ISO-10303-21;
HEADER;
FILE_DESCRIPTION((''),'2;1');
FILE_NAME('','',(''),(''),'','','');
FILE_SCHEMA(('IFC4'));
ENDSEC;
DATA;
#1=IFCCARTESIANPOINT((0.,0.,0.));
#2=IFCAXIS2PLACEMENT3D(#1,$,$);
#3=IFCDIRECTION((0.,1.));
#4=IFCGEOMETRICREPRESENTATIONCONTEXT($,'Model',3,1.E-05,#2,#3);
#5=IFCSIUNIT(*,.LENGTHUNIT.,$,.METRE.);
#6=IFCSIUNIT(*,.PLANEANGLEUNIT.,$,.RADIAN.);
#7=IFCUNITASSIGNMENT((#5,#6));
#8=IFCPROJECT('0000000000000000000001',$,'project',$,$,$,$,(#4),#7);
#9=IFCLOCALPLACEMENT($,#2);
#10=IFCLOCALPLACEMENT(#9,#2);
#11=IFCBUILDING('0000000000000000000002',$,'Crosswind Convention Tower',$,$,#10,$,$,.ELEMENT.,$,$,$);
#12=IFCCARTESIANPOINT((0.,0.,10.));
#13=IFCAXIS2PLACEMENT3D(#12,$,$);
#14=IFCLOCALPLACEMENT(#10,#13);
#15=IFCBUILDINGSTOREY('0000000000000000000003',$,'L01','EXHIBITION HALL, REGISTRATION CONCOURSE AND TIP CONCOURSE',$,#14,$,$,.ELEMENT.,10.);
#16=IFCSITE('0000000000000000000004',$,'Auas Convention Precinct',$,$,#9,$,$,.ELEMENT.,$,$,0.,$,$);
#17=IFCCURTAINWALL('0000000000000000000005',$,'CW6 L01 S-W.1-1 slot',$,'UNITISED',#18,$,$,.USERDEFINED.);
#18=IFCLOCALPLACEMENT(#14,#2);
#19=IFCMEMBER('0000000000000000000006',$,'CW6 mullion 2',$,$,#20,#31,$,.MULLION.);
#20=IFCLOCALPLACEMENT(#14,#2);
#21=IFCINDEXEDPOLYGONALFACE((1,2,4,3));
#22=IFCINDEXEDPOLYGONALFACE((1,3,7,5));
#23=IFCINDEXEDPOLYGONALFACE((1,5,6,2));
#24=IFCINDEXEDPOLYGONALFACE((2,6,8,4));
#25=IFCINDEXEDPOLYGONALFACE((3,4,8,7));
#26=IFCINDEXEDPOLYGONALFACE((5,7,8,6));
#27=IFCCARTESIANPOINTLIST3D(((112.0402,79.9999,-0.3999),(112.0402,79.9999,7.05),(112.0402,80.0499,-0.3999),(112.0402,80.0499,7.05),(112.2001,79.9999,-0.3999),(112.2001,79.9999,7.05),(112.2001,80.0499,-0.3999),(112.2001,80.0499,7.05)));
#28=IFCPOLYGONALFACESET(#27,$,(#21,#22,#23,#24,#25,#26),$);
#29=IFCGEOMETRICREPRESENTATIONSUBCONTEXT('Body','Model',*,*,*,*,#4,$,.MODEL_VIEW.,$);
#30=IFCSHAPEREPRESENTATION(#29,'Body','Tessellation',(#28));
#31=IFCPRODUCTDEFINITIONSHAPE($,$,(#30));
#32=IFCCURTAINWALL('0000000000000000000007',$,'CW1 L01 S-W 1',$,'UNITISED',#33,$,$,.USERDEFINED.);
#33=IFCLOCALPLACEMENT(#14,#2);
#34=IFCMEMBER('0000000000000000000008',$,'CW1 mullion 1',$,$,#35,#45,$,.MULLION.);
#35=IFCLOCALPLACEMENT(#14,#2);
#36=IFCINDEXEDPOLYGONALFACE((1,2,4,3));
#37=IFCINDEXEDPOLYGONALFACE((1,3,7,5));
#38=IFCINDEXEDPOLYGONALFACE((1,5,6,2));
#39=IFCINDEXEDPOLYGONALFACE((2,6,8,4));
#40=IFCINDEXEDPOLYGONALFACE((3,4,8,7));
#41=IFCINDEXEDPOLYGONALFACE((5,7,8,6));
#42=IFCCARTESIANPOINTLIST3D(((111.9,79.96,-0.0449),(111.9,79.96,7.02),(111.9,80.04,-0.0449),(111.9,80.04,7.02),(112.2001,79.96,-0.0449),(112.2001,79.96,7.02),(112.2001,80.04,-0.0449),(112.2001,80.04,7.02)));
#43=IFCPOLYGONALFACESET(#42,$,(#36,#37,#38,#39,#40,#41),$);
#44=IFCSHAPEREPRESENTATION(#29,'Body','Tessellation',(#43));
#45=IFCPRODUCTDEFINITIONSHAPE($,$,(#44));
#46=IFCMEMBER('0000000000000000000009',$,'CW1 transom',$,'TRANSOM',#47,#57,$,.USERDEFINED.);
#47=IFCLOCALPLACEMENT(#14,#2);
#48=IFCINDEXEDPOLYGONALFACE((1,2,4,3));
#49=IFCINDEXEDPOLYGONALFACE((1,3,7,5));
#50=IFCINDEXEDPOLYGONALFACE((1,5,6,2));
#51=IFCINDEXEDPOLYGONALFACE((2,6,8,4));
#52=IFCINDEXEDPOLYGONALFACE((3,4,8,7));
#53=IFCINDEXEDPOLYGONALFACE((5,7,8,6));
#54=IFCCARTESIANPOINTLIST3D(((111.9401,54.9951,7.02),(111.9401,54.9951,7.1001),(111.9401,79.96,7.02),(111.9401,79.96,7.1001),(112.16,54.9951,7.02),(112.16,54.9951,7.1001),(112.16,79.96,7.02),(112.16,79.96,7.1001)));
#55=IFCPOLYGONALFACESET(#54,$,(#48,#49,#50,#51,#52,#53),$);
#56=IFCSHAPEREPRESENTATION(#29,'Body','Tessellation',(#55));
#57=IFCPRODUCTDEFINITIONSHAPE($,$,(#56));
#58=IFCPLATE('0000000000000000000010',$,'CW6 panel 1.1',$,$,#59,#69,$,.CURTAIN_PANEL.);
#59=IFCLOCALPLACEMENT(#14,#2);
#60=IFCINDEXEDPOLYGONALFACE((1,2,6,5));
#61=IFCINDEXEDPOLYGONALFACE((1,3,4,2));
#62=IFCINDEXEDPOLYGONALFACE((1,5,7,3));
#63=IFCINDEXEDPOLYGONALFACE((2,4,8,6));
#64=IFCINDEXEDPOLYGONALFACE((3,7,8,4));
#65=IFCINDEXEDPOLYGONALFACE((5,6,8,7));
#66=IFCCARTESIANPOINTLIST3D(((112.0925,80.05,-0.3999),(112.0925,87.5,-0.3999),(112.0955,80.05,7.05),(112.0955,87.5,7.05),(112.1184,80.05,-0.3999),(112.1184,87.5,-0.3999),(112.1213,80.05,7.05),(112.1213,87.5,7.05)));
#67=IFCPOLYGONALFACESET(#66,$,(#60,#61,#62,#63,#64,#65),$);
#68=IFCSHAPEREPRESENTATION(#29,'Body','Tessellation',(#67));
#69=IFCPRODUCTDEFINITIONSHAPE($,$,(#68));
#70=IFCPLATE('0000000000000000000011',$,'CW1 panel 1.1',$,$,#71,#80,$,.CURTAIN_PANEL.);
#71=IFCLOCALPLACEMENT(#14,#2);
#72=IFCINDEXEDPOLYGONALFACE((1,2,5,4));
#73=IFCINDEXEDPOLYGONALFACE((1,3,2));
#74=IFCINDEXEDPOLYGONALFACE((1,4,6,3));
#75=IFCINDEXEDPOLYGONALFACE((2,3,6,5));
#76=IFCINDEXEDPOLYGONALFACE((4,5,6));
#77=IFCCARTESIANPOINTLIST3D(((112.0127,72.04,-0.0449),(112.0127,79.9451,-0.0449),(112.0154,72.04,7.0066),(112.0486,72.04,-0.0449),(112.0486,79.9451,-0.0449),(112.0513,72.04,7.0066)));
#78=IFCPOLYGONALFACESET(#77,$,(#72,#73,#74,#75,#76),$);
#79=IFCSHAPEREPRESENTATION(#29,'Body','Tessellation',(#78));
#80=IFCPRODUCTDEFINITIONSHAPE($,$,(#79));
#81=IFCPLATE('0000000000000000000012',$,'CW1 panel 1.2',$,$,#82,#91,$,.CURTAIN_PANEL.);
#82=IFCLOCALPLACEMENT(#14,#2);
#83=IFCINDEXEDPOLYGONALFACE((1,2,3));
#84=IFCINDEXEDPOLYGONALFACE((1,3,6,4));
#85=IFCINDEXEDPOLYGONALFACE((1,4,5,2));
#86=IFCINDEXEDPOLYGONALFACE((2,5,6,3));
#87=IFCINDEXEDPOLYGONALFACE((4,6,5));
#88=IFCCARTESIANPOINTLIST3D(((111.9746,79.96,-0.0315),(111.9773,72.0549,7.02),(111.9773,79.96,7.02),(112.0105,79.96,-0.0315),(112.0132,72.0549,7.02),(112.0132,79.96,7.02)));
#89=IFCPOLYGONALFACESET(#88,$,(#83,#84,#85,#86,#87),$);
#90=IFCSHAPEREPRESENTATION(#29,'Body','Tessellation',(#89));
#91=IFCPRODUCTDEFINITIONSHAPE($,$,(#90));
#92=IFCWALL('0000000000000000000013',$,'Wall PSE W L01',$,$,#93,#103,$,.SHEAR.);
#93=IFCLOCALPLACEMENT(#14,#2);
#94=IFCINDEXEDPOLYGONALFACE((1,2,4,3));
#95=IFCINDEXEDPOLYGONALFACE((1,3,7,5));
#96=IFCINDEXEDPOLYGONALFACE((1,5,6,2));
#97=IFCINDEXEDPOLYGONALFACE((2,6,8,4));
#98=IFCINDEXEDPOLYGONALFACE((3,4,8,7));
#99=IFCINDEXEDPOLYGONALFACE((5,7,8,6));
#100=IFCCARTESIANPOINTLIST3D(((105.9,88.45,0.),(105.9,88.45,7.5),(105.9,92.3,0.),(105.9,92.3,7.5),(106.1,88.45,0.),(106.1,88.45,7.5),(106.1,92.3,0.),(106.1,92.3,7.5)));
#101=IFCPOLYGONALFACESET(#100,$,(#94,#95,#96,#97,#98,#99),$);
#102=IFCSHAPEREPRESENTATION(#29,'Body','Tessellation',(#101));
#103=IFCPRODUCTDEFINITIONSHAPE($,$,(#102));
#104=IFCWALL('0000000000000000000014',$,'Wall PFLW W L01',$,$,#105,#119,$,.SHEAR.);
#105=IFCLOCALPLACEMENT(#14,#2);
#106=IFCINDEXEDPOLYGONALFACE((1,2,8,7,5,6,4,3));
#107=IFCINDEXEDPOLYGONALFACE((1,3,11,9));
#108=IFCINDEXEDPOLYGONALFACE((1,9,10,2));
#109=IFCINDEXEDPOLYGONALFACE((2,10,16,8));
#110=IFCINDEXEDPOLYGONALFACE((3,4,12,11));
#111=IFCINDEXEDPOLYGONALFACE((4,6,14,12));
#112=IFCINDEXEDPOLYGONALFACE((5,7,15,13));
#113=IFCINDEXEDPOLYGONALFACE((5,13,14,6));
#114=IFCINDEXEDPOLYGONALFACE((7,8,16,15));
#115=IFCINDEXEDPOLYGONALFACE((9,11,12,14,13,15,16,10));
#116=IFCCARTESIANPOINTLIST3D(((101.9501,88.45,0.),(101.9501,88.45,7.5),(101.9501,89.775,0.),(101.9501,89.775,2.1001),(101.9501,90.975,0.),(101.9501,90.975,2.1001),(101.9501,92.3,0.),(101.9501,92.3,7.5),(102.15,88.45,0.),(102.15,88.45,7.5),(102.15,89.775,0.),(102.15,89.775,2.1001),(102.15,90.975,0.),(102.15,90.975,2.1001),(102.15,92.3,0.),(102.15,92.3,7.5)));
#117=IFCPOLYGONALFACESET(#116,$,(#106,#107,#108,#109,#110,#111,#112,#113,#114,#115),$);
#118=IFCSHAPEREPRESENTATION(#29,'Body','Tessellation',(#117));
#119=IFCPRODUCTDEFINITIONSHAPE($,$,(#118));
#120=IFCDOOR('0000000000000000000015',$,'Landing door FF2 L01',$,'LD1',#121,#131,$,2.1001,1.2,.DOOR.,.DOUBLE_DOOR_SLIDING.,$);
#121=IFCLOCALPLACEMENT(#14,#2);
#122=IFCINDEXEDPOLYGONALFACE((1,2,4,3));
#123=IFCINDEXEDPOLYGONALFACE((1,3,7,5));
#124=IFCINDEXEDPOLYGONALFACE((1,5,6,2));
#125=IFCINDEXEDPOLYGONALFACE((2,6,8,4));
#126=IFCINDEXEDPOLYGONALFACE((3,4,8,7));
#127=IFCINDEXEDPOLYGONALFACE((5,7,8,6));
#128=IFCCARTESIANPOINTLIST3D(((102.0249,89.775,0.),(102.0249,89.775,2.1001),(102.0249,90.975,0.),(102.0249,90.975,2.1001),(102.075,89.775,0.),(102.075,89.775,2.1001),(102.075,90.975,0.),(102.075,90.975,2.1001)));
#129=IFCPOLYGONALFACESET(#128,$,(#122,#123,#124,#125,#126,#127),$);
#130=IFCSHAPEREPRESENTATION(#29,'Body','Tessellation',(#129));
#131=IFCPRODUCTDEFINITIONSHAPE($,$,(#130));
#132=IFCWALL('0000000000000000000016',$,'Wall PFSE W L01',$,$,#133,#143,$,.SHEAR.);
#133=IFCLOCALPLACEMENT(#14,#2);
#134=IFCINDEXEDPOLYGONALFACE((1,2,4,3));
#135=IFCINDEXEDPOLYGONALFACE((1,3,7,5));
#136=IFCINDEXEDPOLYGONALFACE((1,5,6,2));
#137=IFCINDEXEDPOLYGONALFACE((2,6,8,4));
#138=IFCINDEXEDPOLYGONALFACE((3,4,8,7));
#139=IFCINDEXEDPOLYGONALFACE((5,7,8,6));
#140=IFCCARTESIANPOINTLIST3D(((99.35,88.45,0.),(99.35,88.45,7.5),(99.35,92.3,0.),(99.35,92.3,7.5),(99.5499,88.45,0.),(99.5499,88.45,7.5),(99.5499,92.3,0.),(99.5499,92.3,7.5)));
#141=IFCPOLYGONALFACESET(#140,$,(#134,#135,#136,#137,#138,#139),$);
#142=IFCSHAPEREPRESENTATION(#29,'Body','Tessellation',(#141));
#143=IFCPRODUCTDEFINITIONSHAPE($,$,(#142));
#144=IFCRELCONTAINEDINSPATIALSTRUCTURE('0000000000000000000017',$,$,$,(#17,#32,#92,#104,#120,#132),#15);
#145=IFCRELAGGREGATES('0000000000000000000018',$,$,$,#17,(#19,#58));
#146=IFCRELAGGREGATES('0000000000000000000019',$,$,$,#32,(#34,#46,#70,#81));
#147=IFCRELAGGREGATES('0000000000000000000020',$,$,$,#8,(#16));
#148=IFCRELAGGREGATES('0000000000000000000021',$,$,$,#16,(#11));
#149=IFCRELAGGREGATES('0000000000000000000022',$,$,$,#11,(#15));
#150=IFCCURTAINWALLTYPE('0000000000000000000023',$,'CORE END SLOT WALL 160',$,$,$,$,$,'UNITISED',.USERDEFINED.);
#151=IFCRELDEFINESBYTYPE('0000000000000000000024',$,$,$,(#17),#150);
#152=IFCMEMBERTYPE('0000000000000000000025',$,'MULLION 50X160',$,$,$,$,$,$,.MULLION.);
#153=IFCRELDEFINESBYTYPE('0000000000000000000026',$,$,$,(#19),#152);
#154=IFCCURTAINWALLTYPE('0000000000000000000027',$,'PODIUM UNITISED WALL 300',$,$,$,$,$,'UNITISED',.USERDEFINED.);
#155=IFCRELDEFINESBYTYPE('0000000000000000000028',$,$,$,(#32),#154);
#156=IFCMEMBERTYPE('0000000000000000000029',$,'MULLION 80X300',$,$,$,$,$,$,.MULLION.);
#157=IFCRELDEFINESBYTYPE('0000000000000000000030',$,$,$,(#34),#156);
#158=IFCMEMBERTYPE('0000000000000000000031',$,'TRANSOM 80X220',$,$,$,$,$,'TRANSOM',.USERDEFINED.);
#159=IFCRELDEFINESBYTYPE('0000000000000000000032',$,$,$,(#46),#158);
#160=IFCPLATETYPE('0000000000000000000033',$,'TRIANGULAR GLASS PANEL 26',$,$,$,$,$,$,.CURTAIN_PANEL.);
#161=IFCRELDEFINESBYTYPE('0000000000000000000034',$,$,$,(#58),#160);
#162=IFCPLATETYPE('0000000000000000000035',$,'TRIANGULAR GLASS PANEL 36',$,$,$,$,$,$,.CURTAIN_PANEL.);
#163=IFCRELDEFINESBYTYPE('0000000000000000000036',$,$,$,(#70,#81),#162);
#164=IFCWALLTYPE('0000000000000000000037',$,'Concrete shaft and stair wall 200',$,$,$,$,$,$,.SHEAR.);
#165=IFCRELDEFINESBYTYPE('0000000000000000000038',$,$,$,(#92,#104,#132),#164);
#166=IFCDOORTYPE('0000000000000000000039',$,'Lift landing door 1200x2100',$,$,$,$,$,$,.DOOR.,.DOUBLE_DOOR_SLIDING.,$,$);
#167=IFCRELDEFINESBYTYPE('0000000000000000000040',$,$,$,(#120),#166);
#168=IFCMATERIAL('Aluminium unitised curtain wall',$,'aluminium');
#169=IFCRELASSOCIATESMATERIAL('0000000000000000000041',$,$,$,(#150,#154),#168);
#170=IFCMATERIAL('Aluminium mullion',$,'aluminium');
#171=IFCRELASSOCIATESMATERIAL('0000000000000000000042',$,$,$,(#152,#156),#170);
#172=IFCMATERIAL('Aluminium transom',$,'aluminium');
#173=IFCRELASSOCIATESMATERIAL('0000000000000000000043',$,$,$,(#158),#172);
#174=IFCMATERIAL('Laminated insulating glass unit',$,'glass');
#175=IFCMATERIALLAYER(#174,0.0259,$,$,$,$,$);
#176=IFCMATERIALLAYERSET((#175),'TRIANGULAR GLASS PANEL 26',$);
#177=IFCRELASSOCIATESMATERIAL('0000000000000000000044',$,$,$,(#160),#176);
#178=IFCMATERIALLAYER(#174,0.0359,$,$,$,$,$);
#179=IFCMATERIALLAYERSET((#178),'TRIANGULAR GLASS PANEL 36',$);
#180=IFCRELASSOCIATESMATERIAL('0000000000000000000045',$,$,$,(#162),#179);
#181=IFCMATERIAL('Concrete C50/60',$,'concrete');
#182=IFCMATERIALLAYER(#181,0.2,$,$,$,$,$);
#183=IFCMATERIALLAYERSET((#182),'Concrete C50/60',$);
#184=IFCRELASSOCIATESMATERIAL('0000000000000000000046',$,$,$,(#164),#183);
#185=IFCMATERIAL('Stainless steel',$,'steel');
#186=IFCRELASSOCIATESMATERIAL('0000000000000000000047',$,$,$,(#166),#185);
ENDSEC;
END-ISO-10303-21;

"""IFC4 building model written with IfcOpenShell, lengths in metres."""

from ifc_helpers import new_model, si_unit, direction, frame, frame_2d, origin, origin_2d, place, context, subcontext, project, spatial, polyline, rectangle, outline, extrude, material, layer, layer_set, material_profile, profile_set, type_object, element, fill, aggregate, save


model = new_model("IFC4")

# Units and contexts
model_context = context("Model", 3, precision=1e-05, world=origin(), true_north=direction((0.0, 1.0)))
body_context = subcontext(model_context, "Body", "Model", "MODEL_VIEW")
ifc_project = project(units=[si_unit("LENGTHUNIT", "METRE"), si_unit("PLANEANGLEUNIT", "RADIAN")], contexts=[model_context])

# Site, building, storey
site_placement = place(None, origin())
site = spatial("IfcSite", under=ifc_project, at=site_placement, Name="Auas Convention Precinct", CompositionType="ELEMENT", RefElevation=0.0)
building_placement = place(site_placement, origin())
building = spatial("IfcBuilding", under=site, at=building_placement, Name="Crosswind Convention Tower", CompositionType="ELEMENT")
storey_placement = place(building_placement, frame((0.0, 0.0, 10.0)))
storey = spatial("IfcBuildingStorey", under=building, at=storey_placement, Name="L01", Description="EXHIBITION HALL, REGISTRATION CONCOURSE AND TIP CONCOURSE", CompositionType="ELEMENT", Elevation=10.0)

# Curtain wall, member
ifc_material_1 = material(Name="Aluminium unitised curtain wall", Category="aluminium")
curtain_wall_type_1 = type_object("IfcCurtainWallType", Name="CORE END SLOT WALL 160", ElementType="UNITISED", PredefinedType="USERDEFINED", material=ifc_material_1)
curtain_wall_1_placement = place(storey_placement, origin())
curtain_wall_1 = element("IfcCurtainWall", 1, at=curtain_wall_1_placement, inside=storey, type_object=curtain_wall_type_1, Name="CW6 L01 S-W.1-1 slot", ObjectType="UNITISED", PredefinedType="USERDEFINED")
ifc_material_2 = material(Name="Aluminium mullion", Category="aluminium")
ifc_material_profile_1 = material_profile(ifc_material_2, rectangle(XDim=0.1599, YDim=0.05, at=origin_2d()), Name="AL 160X50")
ifc_profile_set_1 = profile_set([ifc_material_profile_1], Name="Aluminium mullion")
member_type_1 = type_object("IfcMemberType", Name="MULLION 50X160", PredefinedType="MULLION", material=ifc_profile_set_1)
member_1_placement = place(storey_placement, frame((112.1201, 80.0249, -0.3999), z_axis=(0.0, 0.0, 1.0), x_axis=(-1.0, 0.0, 0.0)))
member_1 = element("IfcMember", 2, at=member_1_placement, type_object=member_type_1, Name="CW6 mullion 2", PredefinedType="MULLION", context=body_context, shape_type="SweptSolid", body=[
    extrude(rectangle(XDim=0.1599, YDim=0.05, at=origin_2d()), origin(), (0.0, 0.0, 1.0), 7.45),
])

# Curtain wall, members
curtain_wall_type_2 = type_object("IfcCurtainWallType", Name="PODIUM UNITISED WALL 300", ElementType="UNITISED", PredefinedType="USERDEFINED", material=ifc_material_1)
curtain_wall_2_placement = place(storey_placement, origin())
curtain_wall_2 = element("IfcCurtainWall", 3, at=curtain_wall_2_placement, inside=storey, type_object=curtain_wall_type_2, Name="CW1 L01 S-W 1", ObjectType="UNITISED", PredefinedType="USERDEFINED")
ifc_material_profile_2 = material_profile(ifc_material_2, rectangle(XDim=0.3, YDim=0.0801, at=origin_2d()), Name="AL 300X80")
ifc_profile_set_2 = profile_set([ifc_material_profile_2], Name="Aluminium mullion")
member_type_2 = type_object("IfcMemberType", Name="MULLION 80X300", PredefinedType="MULLION", material=ifc_profile_set_2)
member_2_placement = place(storey_placement, frame((112.05, 80.0, -0.0449), z_axis=(0.0, 0.0, 1.0), x_axis=(-1.0, 0.0, 0.0)))
member_2 = element("IfcMember", 4, at=member_2_placement, type_object=member_type_2, Name="CW1 mullion 1", PredefinedType="MULLION", context=body_context, shape_type="SweptSolid", body=[
    extrude(rectangle(XDim=0.3, YDim=0.0801, at=origin_2d()), origin(), (0.0, 0.0, 1.0), 7.0649),
])
ifc_material_3 = material(Name="Aluminium transom", Category="aluminium")
ifc_material_profile_3 = material_profile(ifc_material_3, rectangle(XDim=0.22, YDim=0.0801, at=origin_2d()), Name="AL 220X80")
ifc_profile_set_3 = profile_set([ifc_material_profile_3], Name="Aluminium transom")
member_type_3 = type_object("IfcMemberType", Name="TRANSOM 80X220", ElementType="TRANSOM", PredefinedType="USERDEFINED", material=ifc_profile_set_3)
member_3_placement = place(storey_placement, frame((112.05, 79.96, 7.0601), z_axis=(0.0, -1.0, 0.0), x_axis=(1.0, 0.0, 0.0)))
member_3 = element("IfcMember", 5, at=member_3_placement, type_object=member_type_3, Name="CW1 transom", ObjectType="TRANSOM", PredefinedType="USERDEFINED", context=body_context, shape_type="SweptSolid", body=[
    extrude(rectangle(XDim=0.22, YDim=0.0801, at=origin_2d()), origin(), (0.0, 0.0, 1.0), 24.9648),
])

# Plates
ifc_material_4 = material(Name="Laminated insulating glass unit", Category="glass")
ifc_layer_1 = layer(ifc_material_4, 0.0259)
ifc_layer_set_1 = layer_set([ifc_layer_1], Name="TRIANGULAR GLASS PANEL 26")
plate_type_1 = type_object("IfcPlateType", Name="TRIANGULAR GLASS PANEL 26", PredefinedType="CURTAIN_PANEL", material=ifc_layer_set_1)
plate_1_placement = place(storey_placement, frame((112.0925, 87.5, -0.3999), z_axis=(-1.0, 0.0, 0.000393), x_axis=(0.0, -1.0, 0.0)))
plate_1 = element("IfcPlate", 6, at=plate_1_placement, type_object=plate_type_1, Name="CW6 panel 1.1", PredefinedType="CURTAIN_PANEL", context=body_context, shape_type="SweptSolid", body=[
    extrude(outline(polyline([(0.0, 0.0), (7.45, 0.0), (7.45, 7.45), (0.0, 7.45), (0.0, 0.0)])), origin(), (0.0, 0.0, -1.0), 0.0259),
])
aggregate(curtain_wall_1, [member_1, plate_1])
ifc_layer_2 = layer(ifc_material_4, 0.0359)
ifc_layer_set_2 = layer_set([ifc_layer_2], Name="TRIANGULAR GLASS PANEL 36")
plate_type_2 = type_object("IfcPlateType", Name="TRIANGULAR GLASS PANEL 36", PredefinedType="CURTAIN_PANEL", material=ifc_layer_set_2)
plate_2_placement = place(storey_placement, frame((112.0127, 72.04, -0.0449), z_axis=(-1.0, 0.0, 0.000381), x_axis=(0.000381, 0.0, 1.0)))
plate_2 = element("IfcPlate", 7, at=plate_2_placement, type_object=plate_type_2, Name="CW1 panel 1.1", PredefinedType="CURTAIN_PANEL", context=body_context, shape_type="SweptSolid", body=[
    extrude(outline(polyline([(0.0, 0.0), (7.0515, 0.0), (0.0, 7.905), (0.0, 0.0)])), origin(), (0.0, 0.0, -1.0), 0.0359),
])
plate_3_placement = place(storey_placement, frame((111.9773, 79.96, 7.02), z_axis=(-1.0, 0.0, 0.000381), x_axis=(-0.000381, 0.0, -1.0)))
plate_3 = element("IfcPlate", 8, at=plate_3_placement, type_object=plate_type_2, Name="CW1 panel 1.2", PredefinedType="CURTAIN_PANEL", context=body_context, shape_type="SweptSolid", body=[
    extrude(outline(polyline([(0.0, 0.0), (7.0515, 0.0), (0.0, 7.905), (0.0, 0.0)])), origin(), (0.0, 0.0, -1.0), 0.0359),
])

# Wall
ifc_material_5 = material(Name="Concrete C50/60", Category="concrete")
ifc_layer_3 = layer(ifc_material_5, 0.2)
ifc_layer_set_3 = layer_set([ifc_layer_3], Name="Concrete C50/60")
wall_type_1 = type_object("IfcWallType", Name="Concrete shaft and stair wall 200", PredefinedType="SHEAR", material=ifc_layer_set_3)
wall_1_placement = place(storey_placement, frame((106.0, 92.3, 0.0), z_axis=(0.0, 0.0, 1.0), x_axis=(0.0, -1.0, 0.0)))
element("IfcWall", 9, at=wall_1_placement, inside=storey, type_object=wall_type_1, Name="Wall PSE W L01", PredefinedType="SHEAR", context=body_context, shape_type="SweptSolid", body=[
    extrude(rectangle(XDim=3.8501, YDim=0.2, at=frame_2d((1.925, 0.0))), origin(), (0.0, 0.0, 1.0), 7.5),
])

# Wall, opening, door
wall_2_placement = place(storey_placement, frame((102.05, 92.3, 0.0), z_axis=(0.0, 0.0, 1.0), x_axis=(0.0, -1.0, 0.0)))
wall_2 = element("IfcWall", 10, at=wall_2_placement, inside=storey, type_object=wall_type_1, Name="Wall PFLW W L01", PredefinedType="SHEAR", context=body_context, shape_type="SweptSolid", body=[
    extrude(rectangle(XDim=3.8501, YDim=0.2, at=frame_2d((1.925, 0.0))), origin(), (0.0, 0.0, 1.0), 7.5),
])
opening_1_placement = place(wall_2_placement, frame((1.325, 0.0, 0.0)))
opening_1 = element("IfcOpeningElement", 11, at=opening_1_placement, cuts=wall_2, PredefinedType="OPENING", context=body_context, shape_type="SweptSolid", body=[
    extrude(rectangle(XDim=1.2, YDim=2.1001, at=frame_2d((0.6001, 1.05))), frame((0.0, 0.1099, 0.0), z_axis=(0.0, -1.0, 0.0), x_axis=(1.0, 0.0, 0.0)), (0.0, 0.0, 1.0), 0.22),
])
ifc_material_6 = material(Name="Stainless steel", Category="steel")
door_type_1 = type_object("IfcDoorType", Name="Lift landing door 1200x2100", OperationType="DOUBLE_DOOR_SLIDING", PredefinedType="DOOR", material=ifc_material_6)
door_1_placement = place(opening_1_placement, origin())
door_1 = element("IfcDoor", 12, at=door_1_placement, inside=storey, type_object=door_type_1, Name="Landing door FF2 L01", ObjectType="LD1", OperationType="DOUBLE_DOOR_SLIDING", OverallHeight=2.1001, OverallWidth=1.2, PredefinedType="DOOR", context=body_context, shape_type="SweptSolid", body=[
    extrude(rectangle(XDim=1.2, YDim=2.1001, at=frame_2d((0.6001, 1.05))), frame((0.0, 0.0249, 0.0), z_axis=(0.0, -1.0, 0.0), x_axis=(1.0, 0.0, 0.0)), (0.0, 0.0, 1.0), 0.05),
])
fill(opening_1, door_1)

# Wall
wall_3_placement = place(storey_placement, frame((99.45, 92.3, 0.0), z_axis=(0.0, 0.0, 1.0), x_axis=(0.0, -1.0, 0.0)))
element("IfcWall", 13, at=wall_3_placement, inside=storey, type_object=wall_type_1, Name="Wall PFSE W L01", PredefinedType="SHEAR", context=body_context, shape_type="SweptSolid", body=[
    extrude(rectangle(XDim=3.8501, YDim=0.2, at=frame_2d((1.925, 0.0))), origin(), (0.0, 0.0, 1.0), 7.5),
])

aggregate(curtain_wall_2, [member_2, member_3, plate_2, plate_3])

save(model, "model.ifc")
